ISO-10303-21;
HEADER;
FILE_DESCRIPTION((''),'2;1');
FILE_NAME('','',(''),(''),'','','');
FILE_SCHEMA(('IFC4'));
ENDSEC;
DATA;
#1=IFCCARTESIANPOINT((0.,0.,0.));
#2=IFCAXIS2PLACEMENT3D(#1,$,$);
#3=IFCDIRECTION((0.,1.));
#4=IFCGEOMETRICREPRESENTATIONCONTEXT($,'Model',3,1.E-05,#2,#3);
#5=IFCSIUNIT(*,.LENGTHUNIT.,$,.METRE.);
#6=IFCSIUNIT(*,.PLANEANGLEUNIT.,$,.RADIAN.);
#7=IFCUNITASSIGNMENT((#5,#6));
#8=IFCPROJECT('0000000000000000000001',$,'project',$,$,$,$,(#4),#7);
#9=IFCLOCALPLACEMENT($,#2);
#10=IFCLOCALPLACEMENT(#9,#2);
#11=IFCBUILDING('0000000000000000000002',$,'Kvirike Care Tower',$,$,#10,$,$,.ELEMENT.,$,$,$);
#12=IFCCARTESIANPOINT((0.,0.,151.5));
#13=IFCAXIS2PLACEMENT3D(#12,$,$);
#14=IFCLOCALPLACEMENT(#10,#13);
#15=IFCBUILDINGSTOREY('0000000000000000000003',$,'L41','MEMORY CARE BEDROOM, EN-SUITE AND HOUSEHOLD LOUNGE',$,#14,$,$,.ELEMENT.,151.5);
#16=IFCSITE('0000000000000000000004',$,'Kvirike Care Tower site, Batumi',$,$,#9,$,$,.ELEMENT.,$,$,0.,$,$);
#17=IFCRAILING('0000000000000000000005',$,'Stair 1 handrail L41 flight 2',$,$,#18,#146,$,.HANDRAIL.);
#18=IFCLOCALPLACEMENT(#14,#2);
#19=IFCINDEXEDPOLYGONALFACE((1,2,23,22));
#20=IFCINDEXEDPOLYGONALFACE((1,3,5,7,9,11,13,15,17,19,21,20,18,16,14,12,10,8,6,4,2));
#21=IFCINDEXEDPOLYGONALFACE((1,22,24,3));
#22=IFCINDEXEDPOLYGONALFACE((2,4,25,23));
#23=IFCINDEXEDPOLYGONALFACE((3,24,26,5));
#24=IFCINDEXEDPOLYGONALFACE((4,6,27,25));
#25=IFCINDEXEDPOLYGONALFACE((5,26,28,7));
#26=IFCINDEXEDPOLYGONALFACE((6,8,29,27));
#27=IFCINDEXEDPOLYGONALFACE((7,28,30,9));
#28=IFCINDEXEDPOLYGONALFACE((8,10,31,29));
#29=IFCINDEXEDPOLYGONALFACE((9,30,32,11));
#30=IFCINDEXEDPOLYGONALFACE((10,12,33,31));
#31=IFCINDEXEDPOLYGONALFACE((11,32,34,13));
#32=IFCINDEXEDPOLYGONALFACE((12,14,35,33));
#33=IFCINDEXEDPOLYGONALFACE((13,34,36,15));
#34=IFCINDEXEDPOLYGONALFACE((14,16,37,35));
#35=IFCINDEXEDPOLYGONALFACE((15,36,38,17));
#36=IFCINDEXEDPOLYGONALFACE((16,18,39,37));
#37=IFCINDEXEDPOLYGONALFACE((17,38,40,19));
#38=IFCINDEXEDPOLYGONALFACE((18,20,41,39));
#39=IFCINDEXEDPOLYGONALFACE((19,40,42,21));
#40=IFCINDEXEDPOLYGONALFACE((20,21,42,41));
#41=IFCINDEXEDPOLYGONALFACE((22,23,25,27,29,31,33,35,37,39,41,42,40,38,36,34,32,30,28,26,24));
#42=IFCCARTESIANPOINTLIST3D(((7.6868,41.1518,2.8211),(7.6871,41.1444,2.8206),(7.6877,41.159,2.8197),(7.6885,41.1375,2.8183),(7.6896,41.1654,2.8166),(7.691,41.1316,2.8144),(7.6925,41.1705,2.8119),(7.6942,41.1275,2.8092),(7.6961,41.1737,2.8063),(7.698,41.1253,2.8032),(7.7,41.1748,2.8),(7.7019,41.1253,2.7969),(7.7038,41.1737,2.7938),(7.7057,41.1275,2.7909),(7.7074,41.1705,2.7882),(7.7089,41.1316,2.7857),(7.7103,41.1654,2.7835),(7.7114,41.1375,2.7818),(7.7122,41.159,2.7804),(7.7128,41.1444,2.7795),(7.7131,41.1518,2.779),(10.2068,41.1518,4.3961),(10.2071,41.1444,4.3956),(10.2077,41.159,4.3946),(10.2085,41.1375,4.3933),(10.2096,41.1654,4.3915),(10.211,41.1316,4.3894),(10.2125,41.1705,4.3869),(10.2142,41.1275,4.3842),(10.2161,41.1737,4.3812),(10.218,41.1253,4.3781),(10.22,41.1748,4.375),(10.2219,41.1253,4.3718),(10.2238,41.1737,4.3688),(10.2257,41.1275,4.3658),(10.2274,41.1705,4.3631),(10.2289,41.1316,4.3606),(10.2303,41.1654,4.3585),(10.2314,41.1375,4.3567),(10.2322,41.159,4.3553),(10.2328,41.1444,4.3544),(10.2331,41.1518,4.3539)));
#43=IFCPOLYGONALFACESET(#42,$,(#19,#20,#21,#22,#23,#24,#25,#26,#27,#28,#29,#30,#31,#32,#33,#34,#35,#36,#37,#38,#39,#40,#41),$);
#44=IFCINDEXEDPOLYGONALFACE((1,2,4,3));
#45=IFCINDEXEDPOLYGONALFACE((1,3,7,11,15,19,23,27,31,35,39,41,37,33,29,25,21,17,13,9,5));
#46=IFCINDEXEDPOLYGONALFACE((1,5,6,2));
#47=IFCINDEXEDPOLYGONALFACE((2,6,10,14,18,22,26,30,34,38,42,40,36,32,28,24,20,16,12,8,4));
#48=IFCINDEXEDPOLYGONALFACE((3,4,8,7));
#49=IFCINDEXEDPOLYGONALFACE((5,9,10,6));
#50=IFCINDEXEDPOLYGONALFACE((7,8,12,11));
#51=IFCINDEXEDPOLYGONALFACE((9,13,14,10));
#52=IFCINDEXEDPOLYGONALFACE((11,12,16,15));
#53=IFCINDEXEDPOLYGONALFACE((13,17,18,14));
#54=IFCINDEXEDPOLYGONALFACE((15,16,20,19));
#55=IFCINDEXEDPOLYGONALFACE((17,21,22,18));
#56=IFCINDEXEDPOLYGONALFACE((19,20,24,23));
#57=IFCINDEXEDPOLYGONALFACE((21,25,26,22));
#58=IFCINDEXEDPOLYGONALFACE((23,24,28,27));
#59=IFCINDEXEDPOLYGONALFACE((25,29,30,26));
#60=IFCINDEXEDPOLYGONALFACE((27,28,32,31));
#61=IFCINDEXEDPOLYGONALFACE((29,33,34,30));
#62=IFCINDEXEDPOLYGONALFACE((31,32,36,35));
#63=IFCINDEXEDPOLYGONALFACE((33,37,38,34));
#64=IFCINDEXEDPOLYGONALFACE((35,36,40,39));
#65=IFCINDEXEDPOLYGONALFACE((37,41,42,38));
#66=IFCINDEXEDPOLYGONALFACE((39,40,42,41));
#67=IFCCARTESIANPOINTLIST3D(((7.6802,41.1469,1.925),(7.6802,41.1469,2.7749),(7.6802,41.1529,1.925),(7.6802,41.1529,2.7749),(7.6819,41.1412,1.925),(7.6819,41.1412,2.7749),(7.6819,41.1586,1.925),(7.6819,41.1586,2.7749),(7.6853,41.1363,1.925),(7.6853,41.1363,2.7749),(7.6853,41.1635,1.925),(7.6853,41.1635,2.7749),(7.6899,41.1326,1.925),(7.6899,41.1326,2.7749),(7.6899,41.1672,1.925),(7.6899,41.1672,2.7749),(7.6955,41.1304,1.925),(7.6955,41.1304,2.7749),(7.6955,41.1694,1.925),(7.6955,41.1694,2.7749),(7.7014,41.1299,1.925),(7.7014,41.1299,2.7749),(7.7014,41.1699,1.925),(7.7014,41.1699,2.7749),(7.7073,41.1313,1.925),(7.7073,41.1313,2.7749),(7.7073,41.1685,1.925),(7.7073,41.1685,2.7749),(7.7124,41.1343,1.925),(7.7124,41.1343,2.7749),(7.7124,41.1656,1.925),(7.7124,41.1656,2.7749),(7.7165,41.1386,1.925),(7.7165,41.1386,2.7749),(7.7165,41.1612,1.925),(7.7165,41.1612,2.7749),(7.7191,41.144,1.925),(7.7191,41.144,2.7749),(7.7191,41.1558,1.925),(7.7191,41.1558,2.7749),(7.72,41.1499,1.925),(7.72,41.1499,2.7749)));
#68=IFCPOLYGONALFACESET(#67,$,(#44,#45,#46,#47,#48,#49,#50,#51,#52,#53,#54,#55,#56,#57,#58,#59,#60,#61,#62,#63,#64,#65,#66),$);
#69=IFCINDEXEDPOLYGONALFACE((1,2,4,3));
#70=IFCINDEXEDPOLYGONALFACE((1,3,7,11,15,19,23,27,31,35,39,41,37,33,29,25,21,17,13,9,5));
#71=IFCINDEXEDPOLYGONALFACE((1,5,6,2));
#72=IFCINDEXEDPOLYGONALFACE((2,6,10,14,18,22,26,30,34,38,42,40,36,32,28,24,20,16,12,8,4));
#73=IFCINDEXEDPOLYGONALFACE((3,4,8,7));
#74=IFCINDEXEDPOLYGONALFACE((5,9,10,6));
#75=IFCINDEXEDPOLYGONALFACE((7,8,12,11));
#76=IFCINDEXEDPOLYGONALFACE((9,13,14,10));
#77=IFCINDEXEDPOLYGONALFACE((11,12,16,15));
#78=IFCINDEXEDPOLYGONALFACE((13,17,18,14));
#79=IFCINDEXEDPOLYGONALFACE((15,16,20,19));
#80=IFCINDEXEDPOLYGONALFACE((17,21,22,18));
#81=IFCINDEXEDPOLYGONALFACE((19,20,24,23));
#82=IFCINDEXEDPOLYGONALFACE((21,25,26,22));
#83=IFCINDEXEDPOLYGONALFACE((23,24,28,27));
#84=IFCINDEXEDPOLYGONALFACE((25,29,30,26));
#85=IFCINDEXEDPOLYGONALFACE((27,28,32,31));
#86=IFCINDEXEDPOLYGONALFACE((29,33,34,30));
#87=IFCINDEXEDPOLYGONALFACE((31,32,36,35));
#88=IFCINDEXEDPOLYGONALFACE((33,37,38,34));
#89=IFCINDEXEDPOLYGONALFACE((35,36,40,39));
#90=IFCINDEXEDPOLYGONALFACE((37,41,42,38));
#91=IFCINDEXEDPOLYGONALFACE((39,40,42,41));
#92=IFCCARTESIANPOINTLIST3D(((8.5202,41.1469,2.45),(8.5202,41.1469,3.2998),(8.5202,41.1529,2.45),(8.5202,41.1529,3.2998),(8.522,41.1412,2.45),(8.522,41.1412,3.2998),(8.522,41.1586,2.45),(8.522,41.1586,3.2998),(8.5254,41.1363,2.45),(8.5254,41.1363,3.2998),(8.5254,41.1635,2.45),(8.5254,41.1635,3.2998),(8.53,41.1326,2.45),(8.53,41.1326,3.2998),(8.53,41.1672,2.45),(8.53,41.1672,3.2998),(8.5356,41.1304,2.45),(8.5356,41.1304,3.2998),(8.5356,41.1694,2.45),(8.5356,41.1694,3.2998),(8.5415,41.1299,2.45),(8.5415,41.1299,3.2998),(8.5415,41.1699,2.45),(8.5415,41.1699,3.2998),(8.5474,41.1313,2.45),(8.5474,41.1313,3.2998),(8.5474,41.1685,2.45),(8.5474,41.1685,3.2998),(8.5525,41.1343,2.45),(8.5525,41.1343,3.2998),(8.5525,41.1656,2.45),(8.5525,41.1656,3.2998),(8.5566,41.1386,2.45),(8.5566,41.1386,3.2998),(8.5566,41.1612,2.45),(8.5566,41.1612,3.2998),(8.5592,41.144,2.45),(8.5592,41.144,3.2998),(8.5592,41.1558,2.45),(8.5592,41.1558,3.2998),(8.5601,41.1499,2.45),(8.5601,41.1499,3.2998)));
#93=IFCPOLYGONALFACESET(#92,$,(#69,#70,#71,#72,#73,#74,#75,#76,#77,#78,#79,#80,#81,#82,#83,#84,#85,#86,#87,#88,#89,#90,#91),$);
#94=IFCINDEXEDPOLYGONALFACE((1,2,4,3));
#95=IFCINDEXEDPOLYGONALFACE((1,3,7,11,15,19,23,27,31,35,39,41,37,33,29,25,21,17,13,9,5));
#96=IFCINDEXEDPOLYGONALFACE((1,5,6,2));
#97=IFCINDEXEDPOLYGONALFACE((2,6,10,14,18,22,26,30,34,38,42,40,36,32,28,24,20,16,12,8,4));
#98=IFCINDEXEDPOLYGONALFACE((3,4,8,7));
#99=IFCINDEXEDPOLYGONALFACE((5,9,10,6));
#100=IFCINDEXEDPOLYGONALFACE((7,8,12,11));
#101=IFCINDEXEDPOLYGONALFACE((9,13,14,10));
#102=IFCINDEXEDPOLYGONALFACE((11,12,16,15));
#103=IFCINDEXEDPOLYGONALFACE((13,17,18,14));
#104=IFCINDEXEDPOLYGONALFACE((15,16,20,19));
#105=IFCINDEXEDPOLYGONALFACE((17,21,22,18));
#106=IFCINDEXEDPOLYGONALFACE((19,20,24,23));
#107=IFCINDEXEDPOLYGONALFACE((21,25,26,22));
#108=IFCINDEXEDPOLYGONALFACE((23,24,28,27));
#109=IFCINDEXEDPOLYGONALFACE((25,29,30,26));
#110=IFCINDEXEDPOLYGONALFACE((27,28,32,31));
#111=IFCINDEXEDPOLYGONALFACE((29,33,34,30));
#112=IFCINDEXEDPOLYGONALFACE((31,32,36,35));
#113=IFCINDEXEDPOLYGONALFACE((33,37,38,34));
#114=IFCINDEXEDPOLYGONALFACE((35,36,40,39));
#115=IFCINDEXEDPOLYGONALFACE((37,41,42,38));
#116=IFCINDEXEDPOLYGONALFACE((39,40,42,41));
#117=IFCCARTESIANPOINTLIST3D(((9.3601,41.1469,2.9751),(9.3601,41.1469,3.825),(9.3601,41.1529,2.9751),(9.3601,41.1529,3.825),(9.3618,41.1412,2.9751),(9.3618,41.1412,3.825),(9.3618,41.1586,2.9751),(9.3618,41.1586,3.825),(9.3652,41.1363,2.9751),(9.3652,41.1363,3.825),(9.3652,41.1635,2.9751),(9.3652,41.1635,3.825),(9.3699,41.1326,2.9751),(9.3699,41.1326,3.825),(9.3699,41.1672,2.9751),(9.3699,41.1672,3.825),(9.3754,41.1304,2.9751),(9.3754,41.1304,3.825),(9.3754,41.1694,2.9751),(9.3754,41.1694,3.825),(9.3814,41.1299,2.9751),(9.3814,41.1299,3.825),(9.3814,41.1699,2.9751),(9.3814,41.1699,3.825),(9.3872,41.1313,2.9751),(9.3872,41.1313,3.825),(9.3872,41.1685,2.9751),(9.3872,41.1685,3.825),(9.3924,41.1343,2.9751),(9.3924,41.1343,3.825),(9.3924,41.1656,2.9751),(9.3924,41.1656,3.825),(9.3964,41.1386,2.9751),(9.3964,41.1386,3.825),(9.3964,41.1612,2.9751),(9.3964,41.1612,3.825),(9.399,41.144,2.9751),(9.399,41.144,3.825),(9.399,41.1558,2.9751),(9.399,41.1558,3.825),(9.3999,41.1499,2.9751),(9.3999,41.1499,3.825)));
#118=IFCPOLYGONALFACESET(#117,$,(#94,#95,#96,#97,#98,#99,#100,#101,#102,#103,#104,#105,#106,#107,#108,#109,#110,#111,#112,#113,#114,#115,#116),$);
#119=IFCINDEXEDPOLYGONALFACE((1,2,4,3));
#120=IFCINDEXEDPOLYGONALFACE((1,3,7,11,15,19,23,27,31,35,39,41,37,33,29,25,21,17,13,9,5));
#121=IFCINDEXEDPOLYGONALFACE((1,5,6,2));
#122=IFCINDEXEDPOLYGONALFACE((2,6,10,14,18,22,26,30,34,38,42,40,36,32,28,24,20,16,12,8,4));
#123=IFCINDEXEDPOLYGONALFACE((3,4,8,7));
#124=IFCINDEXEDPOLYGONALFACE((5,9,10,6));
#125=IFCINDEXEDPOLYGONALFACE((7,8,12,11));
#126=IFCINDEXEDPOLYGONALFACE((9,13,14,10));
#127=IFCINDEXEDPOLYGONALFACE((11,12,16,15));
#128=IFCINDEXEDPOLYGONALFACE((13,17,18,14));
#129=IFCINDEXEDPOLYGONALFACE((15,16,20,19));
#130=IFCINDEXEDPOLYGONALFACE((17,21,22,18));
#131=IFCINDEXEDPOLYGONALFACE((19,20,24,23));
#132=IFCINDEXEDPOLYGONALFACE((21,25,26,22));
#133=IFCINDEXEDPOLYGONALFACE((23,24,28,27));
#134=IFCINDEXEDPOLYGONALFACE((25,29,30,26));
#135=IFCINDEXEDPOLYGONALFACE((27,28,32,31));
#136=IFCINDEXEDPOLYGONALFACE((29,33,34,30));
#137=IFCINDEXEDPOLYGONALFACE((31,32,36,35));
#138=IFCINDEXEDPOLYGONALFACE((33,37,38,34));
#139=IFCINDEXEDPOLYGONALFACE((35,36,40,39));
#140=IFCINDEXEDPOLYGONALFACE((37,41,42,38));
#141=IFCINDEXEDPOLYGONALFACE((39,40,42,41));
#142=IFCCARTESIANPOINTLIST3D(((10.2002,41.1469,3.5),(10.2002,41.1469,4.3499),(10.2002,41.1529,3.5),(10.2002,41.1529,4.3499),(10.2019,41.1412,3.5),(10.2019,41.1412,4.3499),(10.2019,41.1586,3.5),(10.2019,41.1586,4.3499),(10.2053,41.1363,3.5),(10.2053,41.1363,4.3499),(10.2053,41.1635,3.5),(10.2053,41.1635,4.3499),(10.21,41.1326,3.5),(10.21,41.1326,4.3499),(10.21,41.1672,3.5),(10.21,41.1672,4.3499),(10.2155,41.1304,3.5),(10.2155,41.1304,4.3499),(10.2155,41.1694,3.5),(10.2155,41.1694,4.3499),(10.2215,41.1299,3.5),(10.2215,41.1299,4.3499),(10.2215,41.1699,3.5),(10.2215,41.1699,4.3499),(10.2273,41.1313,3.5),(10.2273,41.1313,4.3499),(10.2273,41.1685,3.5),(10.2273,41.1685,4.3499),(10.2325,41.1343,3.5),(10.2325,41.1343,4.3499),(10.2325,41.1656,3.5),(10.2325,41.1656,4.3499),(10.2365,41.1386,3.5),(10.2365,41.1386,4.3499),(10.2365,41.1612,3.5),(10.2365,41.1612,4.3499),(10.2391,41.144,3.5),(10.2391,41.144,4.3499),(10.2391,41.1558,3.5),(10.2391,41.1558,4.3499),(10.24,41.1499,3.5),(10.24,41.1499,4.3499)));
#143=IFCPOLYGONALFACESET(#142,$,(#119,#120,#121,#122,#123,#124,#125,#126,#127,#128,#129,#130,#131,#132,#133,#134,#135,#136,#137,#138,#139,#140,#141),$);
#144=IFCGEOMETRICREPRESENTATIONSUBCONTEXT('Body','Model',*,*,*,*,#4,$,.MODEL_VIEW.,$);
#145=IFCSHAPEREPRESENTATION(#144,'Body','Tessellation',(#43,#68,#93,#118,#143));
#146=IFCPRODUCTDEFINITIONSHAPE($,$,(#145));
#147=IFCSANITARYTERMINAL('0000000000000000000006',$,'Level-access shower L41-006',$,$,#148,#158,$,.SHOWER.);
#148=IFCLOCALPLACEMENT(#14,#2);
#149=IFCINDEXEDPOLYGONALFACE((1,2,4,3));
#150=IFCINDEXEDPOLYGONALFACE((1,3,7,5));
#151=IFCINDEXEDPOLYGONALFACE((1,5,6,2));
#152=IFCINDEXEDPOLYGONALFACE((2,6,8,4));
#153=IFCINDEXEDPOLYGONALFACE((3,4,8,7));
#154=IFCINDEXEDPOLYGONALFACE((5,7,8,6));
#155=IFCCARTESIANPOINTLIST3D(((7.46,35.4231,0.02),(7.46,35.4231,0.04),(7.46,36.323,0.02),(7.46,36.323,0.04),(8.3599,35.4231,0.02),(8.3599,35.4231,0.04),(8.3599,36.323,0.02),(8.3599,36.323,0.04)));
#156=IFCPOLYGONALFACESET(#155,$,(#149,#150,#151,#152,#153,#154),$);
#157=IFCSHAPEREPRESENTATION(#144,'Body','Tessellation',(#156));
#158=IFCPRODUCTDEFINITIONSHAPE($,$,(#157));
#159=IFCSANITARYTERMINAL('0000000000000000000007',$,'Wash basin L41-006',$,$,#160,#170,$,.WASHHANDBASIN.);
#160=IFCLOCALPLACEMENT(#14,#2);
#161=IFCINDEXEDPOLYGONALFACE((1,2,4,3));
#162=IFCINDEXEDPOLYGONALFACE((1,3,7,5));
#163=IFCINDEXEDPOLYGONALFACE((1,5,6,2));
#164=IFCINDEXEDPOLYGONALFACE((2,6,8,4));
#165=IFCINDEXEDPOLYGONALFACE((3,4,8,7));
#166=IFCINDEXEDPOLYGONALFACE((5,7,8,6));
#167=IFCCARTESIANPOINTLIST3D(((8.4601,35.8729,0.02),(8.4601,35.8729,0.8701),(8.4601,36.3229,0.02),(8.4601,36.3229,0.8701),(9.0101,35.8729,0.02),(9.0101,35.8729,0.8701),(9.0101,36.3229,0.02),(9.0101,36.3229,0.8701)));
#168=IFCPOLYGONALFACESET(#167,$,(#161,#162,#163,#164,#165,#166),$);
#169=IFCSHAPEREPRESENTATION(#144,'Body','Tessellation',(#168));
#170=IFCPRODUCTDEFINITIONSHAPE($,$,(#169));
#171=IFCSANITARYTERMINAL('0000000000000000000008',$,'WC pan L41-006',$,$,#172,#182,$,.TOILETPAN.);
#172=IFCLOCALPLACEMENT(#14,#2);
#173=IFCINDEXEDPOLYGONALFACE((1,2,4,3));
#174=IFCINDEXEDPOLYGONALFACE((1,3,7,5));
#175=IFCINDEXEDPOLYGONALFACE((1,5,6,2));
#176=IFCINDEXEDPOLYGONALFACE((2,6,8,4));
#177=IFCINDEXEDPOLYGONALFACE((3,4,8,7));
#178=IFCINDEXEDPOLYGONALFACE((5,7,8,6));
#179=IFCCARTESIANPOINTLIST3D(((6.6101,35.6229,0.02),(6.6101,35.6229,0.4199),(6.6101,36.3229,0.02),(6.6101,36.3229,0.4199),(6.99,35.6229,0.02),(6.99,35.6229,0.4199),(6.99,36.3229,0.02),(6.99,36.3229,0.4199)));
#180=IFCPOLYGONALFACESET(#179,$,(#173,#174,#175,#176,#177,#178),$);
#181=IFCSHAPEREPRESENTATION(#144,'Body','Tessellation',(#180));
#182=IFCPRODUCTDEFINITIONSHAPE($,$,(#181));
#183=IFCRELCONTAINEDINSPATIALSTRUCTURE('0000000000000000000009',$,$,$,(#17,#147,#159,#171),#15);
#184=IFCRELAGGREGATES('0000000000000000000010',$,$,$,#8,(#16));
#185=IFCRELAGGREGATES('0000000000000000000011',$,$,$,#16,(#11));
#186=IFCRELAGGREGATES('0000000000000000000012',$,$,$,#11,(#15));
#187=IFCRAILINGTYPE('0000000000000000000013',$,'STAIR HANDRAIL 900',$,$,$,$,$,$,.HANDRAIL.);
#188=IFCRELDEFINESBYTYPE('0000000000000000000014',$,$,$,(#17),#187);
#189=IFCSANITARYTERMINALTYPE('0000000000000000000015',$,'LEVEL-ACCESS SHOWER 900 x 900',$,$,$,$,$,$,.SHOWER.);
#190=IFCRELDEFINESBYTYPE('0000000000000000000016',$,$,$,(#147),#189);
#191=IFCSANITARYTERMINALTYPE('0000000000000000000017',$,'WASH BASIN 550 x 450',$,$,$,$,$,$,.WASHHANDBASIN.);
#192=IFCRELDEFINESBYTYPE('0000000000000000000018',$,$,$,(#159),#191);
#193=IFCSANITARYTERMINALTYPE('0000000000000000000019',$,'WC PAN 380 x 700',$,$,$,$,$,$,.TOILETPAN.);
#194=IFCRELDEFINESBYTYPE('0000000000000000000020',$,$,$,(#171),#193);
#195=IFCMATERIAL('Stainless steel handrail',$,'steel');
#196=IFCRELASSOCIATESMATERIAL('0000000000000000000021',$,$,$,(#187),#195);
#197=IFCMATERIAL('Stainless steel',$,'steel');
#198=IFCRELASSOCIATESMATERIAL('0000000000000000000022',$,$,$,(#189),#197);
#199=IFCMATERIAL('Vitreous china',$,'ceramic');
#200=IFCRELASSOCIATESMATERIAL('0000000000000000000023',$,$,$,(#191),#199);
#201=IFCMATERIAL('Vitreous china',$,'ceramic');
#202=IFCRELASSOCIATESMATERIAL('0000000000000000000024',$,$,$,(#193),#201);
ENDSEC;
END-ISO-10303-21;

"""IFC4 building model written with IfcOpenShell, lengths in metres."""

from ifc_helpers import new_model, si_unit, direction, frame, origin, origin_2d, place, context, subcontext, project, spatial, rectangle, circle, extrude, material, type_object, element, save


model = new_model("IFC4")

# Units and contexts
model_context = context("Model", 3, precision=1e-05, world=origin(), true_north=direction((0.0, 1.0)))
body_context = subcontext(model_context, "Body", "Model", "MODEL_VIEW")
ifc_project = project(units=[si_unit("LENGTHUNIT", "METRE"), si_unit("PLANEANGLEUNIT", "RADIAN")], contexts=[model_context])

# Site, building, storey
site_placement = place(None, origin())
site = spatial("IfcSite", under=ifc_project, at=site_placement, Name="Kvirike Care Tower site, Batumi", CompositionType="ELEMENT", RefElevation=0.0)
building_placement = place(site_placement, origin())
building = spatial("IfcBuilding", under=site, at=building_placement, Name="Kvirike Care Tower", CompositionType="ELEMENT")
storey_placement = place(building_placement, frame((0.0, 0.0, 151.5)))
storey = spatial("IfcBuildingStorey", under=building, at=storey_placement, Name="L41", Description="MEMORY CARE BEDROOM, EN-SUITE AND HOUSEHOLD LOUNGE", CompositionType="ELEMENT", Elevation=151.5)

# Railing
ifc_material_1 = material(Name="Stainless steel handrail", Category="steel")
railing_type = type_object("IfcRailingType", Name="STAIR HANDRAIL 900", PredefinedType="HANDRAIL", material=ifc_material_1)
railing_placement = place(storey_placement, frame((7.7, 41.1499, 1.925)))
element("IfcRailing", 1, at=railing_placement, inside=storey, type_object=railing_type, Name="Stair 1 handrail L41 flight 2", PredefinedType="HANDRAIL", context=body_context, shape_type="SweptSolid", body=[
    extrude(circle(Radius=0.0249, at=origin_2d()), frame((0.0, 0.0, 0.875), z_axis=(0.848008, 0.0, 0.529984), x_axis=(0.0, 1.0, 0.0)), (0.0, 0.0, 1.0), 2.9717),
    extrude(circle(Radius=0.02, at=origin_2d()), origin(), (0.0, 0.0, 1.0), 0.8499),
    extrude(circle(Radius=0.02, at=origin_2d()), frame((0.8401, 0.0, 0.5249)), (0.0, 0.0, 1.0), 0.8499),
    extrude(circle(Radius=0.02, at=origin_2d()), frame((1.6799, 0.0, 1.05)), (0.0, 0.0, 1.0), 0.8499),
    extrude(circle(Radius=0.02, at=origin_2d()), frame((2.52, 0.0, 1.575)), (0.0, 0.0, 1.0), 0.8499),
])

# Sanitary terminals
ifc_material_2 = material(Name="Stainless steel", Category="steel")
sanitary_terminal_type_1 = type_object("IfcSanitaryTerminalType", Name="LEVEL-ACCESS SHOWER 900 x 900", PredefinedType="SHOWER", material=ifc_material_2)
sanitary_terminal_1_placement = place(storey_placement, frame((7.9099, 35.873, 0.02), z_axis=(0.0, 0.0, 1.0), x_axis=(1.0, 0.0, 0.0)))
element("IfcSanitaryTerminal", 2, at=sanitary_terminal_1_placement, inside=storey, type_object=sanitary_terminal_type_1, Name="Level-access shower L41-006", PredefinedType="SHOWER", context=body_context, shape_type="SweptSolid", body=[
    extrude(rectangle(XDim=0.8999, YDim=0.8999, at=origin_2d()), origin(), (0.0, 0.0, 1.0), 0.02),
])
ifc_material_3 = material(Name="Vitreous china", Category="ceramic")
sanitary_terminal_type_2 = type_object("IfcSanitaryTerminalType", Name="WASH BASIN 550 x 450", PredefinedType="WASHHANDBASIN", material=ifc_material_3)
sanitary_terminal_2_placement = place(storey_placement, frame((8.7351, 36.0979, 0.02), z_axis=(0.0, 0.0, 1.0), x_axis=(1.0, 0.0, 0.0)))
element("IfcSanitaryTerminal", 3, at=sanitary_terminal_2_placement, inside=storey, type_object=sanitary_terminal_type_2, Name="Wash basin L41-006", PredefinedType="WASHHANDBASIN", context=body_context, shape_type="SweptSolid", body=[
    extrude(rectangle(XDim=0.55, YDim=0.45, at=origin_2d()), origin(), (0.0, 0.0, 1.0), 0.8501),
])
ifc_material_4 = material(Name="Vitreous china", Category="ceramic")
sanitary_terminal_type_3 = type_object("IfcSanitaryTerminalType", Name="WC PAN 380 x 700", PredefinedType="TOILETPAN", material=ifc_material_4)
sanitary_terminal_3_placement = place(storey_placement, frame((6.8, 35.9729, 0.02), z_axis=(0.0, 0.0, 1.0), x_axis=(1.0, 0.0, 0.0)))
element("IfcSanitaryTerminal", 4, at=sanitary_terminal_3_placement, inside=storey, type_object=sanitary_terminal_type_3, Name="WC pan L41-006", PredefinedType="TOILETPAN", context=body_context, shape_type="SweptSolid", body=[
    extrude(rectangle(XDim=0.3799, YDim=0.7, at=origin_2d()), origin(), (0.0, 0.0, 1.0), 0.3999),
])

save(model, "model.ifc")
